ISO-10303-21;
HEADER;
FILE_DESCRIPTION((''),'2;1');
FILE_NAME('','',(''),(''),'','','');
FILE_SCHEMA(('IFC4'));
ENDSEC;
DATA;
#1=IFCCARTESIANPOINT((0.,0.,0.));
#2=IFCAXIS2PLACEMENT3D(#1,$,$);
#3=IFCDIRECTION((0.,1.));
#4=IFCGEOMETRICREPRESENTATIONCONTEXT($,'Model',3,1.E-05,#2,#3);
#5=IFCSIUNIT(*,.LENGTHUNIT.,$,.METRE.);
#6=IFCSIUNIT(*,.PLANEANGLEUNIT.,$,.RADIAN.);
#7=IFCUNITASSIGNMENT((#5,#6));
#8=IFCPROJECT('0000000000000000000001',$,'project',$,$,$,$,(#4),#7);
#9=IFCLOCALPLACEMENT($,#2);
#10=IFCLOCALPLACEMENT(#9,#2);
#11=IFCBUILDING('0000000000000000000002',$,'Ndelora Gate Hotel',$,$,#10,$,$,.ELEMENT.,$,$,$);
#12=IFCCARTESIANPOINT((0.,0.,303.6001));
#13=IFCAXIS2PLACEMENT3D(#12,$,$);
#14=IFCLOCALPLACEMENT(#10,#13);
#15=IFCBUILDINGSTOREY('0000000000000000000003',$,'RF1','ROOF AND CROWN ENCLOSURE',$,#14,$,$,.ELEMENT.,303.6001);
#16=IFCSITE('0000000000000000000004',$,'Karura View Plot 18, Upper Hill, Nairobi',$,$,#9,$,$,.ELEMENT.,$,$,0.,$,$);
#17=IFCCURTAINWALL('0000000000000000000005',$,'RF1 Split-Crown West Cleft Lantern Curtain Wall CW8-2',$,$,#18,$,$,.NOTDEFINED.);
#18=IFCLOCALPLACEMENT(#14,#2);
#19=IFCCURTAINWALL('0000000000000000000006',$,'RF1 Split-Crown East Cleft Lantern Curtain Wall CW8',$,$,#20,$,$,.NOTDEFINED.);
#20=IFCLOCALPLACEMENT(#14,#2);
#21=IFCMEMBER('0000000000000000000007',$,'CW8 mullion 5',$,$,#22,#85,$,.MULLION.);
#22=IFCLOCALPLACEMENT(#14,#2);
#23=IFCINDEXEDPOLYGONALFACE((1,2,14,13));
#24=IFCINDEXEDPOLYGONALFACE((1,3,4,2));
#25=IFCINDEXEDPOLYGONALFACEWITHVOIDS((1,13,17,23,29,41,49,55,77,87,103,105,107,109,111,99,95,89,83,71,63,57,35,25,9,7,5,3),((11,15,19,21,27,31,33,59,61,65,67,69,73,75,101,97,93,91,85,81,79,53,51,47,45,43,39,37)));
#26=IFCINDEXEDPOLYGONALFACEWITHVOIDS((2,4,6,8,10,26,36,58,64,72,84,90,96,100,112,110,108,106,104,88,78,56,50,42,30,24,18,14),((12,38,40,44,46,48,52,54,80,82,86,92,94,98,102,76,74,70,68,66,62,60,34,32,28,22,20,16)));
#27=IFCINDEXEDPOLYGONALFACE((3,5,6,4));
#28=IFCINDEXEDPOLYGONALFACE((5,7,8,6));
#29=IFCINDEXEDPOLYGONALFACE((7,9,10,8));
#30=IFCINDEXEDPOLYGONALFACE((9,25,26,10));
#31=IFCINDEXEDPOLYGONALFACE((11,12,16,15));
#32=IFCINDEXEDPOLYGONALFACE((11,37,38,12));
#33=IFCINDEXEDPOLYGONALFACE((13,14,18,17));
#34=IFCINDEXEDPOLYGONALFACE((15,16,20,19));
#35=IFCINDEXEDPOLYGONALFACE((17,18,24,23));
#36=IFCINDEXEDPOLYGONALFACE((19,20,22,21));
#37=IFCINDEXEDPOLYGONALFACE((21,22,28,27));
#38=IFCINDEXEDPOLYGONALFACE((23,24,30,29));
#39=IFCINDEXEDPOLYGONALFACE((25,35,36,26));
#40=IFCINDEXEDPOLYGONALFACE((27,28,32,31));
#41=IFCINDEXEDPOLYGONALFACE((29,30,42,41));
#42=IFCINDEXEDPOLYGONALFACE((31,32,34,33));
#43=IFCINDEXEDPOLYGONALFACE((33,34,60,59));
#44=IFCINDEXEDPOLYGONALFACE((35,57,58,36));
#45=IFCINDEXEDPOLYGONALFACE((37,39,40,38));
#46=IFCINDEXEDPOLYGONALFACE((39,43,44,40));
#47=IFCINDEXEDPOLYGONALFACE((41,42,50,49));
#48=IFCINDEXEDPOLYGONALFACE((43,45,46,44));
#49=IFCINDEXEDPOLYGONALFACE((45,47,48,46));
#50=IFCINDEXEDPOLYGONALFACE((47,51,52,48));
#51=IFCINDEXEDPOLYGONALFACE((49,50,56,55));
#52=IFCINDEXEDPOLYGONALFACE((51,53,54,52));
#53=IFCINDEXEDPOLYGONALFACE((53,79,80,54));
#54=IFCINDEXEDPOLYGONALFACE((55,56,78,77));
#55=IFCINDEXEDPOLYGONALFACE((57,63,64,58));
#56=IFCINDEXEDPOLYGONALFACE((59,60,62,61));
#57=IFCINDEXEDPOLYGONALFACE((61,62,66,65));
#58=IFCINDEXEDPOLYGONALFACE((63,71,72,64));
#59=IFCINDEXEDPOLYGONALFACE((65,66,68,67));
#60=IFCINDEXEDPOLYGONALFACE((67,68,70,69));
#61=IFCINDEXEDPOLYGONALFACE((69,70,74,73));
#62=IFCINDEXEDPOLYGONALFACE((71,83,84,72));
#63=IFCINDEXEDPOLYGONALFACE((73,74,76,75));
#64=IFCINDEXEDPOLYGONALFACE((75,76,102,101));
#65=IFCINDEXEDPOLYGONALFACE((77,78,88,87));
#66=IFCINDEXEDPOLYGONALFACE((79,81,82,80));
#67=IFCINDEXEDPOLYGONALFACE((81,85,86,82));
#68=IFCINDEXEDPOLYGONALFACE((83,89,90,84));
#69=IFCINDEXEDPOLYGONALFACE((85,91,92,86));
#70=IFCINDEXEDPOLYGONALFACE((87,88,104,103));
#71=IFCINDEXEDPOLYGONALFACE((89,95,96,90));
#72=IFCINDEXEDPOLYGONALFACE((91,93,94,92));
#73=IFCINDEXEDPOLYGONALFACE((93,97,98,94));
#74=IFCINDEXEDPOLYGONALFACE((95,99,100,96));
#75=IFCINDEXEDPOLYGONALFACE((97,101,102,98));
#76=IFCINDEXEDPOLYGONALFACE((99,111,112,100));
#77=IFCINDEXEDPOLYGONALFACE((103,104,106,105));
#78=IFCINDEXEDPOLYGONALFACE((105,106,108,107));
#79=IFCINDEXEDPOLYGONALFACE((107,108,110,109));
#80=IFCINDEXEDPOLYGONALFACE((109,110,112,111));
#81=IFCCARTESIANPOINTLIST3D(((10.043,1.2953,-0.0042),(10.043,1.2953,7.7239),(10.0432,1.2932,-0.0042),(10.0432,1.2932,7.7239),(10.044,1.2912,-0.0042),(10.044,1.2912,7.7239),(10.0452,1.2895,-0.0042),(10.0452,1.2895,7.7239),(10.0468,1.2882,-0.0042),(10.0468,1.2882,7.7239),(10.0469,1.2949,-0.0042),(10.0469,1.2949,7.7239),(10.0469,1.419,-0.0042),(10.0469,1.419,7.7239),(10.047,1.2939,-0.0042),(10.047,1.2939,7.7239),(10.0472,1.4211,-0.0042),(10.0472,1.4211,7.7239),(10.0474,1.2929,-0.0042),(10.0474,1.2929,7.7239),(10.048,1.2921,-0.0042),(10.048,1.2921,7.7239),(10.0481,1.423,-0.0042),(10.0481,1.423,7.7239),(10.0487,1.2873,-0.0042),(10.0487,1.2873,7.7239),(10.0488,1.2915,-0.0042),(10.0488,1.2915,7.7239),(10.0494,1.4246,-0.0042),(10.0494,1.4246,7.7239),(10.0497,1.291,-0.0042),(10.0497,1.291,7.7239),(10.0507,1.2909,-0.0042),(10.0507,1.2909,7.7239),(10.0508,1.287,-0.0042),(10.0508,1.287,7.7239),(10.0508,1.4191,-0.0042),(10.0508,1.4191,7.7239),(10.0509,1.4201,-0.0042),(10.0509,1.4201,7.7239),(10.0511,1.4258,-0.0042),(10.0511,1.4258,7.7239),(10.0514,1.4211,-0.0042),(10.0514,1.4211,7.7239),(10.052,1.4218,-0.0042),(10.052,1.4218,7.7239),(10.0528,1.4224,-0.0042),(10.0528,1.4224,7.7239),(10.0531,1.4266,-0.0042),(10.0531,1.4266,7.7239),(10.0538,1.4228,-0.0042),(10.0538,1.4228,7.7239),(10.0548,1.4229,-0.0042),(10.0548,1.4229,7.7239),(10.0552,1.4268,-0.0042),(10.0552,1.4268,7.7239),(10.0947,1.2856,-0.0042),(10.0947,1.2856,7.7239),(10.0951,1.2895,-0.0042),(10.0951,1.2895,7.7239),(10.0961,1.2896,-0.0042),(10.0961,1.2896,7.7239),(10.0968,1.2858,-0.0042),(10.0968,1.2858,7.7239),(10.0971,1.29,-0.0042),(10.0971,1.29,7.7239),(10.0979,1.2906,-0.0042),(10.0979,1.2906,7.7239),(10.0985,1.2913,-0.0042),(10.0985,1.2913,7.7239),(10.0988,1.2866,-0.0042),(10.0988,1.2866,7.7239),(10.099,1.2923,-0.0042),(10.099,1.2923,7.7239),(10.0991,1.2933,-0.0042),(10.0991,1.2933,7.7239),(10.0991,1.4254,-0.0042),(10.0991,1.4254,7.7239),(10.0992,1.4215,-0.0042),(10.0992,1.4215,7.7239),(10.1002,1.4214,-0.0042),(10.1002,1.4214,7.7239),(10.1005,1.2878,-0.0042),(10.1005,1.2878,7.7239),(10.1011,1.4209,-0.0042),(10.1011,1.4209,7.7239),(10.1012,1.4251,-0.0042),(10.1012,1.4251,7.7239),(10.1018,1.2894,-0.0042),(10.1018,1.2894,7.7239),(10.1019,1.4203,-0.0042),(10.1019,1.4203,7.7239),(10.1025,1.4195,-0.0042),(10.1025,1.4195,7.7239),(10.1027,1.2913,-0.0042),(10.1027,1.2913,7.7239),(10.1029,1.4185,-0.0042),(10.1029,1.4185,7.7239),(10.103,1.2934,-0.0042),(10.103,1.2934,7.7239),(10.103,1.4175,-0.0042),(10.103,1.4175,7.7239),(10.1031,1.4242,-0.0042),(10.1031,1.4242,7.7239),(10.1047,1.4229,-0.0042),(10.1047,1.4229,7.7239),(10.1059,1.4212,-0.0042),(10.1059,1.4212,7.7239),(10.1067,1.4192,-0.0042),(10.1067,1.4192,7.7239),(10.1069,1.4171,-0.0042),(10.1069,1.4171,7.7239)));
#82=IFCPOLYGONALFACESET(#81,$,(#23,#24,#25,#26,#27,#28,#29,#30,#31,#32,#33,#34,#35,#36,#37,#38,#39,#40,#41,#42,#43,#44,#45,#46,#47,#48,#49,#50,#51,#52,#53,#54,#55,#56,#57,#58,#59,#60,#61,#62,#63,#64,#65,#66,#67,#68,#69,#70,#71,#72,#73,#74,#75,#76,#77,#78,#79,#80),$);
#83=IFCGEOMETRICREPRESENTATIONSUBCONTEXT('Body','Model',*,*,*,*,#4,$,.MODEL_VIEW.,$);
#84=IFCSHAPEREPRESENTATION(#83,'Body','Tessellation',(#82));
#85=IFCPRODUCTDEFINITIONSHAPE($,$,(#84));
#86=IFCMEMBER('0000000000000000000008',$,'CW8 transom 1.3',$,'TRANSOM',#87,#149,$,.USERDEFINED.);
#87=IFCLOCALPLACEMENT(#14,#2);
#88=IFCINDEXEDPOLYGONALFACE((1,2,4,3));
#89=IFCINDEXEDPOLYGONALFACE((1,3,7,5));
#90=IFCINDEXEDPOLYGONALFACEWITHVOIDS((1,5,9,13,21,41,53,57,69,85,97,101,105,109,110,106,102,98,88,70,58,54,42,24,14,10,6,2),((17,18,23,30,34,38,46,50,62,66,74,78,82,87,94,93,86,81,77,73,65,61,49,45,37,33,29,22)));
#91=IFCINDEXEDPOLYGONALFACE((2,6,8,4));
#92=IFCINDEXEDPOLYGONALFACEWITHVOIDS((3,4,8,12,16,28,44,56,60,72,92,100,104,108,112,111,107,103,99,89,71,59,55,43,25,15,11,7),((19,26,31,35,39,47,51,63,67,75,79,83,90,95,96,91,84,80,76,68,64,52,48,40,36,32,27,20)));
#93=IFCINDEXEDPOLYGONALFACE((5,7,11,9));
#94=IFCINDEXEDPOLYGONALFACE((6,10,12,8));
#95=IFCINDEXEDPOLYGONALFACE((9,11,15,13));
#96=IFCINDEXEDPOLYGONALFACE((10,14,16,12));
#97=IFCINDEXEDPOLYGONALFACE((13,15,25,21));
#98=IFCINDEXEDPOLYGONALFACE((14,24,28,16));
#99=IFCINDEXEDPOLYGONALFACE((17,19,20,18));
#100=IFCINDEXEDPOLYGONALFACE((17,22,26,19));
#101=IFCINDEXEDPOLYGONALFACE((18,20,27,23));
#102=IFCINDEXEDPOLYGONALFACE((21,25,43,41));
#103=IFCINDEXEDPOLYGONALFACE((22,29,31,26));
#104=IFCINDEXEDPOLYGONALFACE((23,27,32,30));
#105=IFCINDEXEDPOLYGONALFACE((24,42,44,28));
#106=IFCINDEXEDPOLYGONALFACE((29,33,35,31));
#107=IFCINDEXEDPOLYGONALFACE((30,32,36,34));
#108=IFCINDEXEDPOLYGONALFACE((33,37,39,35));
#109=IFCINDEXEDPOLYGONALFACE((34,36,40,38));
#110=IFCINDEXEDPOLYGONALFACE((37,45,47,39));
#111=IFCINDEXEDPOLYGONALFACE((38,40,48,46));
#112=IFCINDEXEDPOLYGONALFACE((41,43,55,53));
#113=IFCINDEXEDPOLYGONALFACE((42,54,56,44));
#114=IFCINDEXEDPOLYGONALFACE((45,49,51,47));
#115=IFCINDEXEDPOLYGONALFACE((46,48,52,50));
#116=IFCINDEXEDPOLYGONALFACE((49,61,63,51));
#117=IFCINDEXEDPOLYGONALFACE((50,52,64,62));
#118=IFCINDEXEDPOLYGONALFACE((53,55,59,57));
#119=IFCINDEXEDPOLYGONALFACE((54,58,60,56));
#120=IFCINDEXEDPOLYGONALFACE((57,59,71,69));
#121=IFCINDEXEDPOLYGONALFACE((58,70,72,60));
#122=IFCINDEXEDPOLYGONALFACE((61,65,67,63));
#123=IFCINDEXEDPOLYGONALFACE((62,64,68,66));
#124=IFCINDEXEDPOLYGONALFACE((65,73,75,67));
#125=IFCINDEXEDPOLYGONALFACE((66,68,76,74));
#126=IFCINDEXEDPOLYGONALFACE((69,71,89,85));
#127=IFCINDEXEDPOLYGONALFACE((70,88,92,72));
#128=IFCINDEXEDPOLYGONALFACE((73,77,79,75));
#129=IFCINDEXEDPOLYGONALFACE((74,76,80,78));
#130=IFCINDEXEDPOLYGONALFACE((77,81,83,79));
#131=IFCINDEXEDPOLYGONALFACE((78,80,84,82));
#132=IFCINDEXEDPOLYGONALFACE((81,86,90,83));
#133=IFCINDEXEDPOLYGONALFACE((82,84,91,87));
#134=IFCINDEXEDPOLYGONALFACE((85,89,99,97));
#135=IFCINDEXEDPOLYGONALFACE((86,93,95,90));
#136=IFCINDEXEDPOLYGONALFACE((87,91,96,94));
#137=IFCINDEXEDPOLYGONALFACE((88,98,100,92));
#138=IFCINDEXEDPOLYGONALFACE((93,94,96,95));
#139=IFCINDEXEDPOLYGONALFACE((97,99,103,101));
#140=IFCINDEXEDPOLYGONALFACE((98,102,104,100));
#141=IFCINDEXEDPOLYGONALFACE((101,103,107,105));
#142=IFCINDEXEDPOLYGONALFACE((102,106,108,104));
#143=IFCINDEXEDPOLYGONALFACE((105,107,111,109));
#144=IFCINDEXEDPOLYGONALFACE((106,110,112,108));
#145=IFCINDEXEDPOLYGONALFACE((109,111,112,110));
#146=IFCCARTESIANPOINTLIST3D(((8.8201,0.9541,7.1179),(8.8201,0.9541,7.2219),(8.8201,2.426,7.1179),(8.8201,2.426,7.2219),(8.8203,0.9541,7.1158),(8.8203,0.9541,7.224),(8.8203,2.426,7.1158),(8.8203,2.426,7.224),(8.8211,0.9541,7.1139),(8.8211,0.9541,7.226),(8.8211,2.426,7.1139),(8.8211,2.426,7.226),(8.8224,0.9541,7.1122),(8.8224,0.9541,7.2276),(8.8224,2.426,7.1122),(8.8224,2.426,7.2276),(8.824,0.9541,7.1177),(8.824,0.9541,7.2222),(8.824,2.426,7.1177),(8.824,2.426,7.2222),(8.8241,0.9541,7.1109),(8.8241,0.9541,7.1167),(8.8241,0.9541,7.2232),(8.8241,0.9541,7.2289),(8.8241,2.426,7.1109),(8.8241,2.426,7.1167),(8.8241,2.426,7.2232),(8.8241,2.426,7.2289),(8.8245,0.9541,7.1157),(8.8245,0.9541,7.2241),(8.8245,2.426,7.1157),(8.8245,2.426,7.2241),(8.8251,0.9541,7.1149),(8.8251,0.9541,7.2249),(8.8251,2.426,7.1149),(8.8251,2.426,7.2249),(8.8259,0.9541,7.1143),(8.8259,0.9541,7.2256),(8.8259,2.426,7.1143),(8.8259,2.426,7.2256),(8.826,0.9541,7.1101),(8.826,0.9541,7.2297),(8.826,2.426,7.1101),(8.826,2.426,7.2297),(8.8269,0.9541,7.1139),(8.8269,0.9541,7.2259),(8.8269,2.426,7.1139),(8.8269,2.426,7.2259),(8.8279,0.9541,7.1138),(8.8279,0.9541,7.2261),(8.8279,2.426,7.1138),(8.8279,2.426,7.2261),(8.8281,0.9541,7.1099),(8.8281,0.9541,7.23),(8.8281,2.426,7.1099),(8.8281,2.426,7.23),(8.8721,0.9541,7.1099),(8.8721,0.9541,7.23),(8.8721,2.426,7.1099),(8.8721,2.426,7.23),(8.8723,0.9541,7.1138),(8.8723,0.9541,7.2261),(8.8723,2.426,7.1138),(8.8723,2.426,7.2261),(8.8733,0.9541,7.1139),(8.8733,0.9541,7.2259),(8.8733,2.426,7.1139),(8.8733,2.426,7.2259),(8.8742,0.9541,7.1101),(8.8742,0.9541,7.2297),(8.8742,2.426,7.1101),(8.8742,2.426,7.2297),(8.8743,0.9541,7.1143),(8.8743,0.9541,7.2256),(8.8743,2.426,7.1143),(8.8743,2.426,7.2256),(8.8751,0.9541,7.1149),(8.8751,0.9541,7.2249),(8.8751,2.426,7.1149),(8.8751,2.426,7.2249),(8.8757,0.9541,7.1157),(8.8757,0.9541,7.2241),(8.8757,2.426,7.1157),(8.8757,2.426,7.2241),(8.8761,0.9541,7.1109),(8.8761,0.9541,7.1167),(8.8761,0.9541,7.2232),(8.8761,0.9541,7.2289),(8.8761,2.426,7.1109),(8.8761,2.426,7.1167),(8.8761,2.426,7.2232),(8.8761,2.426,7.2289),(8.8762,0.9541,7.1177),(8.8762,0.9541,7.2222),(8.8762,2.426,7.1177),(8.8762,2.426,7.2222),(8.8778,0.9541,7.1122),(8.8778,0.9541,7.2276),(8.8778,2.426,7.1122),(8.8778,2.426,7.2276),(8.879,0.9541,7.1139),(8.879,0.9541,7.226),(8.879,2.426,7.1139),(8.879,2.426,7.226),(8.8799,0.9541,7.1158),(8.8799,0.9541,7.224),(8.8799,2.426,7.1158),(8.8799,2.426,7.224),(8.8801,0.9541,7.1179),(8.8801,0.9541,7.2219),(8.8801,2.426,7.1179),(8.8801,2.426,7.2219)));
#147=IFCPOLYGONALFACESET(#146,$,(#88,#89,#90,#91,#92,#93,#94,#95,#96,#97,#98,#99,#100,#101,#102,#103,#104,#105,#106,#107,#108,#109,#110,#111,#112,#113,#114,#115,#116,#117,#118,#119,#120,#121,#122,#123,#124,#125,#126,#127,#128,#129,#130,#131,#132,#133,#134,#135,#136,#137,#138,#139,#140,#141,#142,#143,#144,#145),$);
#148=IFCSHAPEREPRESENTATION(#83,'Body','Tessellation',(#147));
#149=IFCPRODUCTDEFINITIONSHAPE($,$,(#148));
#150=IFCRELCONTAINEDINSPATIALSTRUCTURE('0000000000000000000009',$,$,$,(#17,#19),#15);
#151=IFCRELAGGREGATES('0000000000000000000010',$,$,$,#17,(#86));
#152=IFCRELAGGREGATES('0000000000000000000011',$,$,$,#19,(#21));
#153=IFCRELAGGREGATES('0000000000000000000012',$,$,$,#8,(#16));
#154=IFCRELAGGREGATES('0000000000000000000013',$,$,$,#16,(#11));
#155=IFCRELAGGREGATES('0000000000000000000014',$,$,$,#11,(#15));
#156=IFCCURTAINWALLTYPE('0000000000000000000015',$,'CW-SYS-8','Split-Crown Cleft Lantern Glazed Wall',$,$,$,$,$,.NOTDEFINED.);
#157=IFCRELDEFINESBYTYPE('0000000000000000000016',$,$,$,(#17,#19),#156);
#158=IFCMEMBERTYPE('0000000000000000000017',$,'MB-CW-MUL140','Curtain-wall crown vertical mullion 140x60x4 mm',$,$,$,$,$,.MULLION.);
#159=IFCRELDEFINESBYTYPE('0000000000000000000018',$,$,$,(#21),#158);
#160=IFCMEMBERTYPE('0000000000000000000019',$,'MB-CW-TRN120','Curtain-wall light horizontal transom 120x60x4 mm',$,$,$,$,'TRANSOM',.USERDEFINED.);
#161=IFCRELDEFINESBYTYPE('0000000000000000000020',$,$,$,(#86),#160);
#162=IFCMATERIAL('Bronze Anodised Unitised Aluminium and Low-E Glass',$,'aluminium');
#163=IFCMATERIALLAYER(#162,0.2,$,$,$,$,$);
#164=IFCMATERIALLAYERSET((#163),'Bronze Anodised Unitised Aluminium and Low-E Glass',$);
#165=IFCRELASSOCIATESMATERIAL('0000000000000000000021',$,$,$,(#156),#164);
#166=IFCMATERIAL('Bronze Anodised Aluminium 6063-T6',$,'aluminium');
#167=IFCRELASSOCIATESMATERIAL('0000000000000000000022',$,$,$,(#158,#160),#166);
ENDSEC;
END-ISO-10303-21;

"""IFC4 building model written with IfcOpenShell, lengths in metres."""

from ifc_helpers import new_model, si_unit, direction, frame, origin, origin_2d, place, context, subcontext, project, spatial, hollow_rectangle, extrude, material, layer, layer_set, material_profile, profile_set, type_object, element, aggregate, save


model = new_model("IFC4")

# Units and contexts
model_context = context("Model", 3, precision=1e-05, world=origin(), true_north=direction((0.0, 1.0)))
body_context = subcontext(model_context, "Body", "Model", "MODEL_VIEW")
ifc_project = project(units=[si_unit("LENGTHUNIT", "METRE"), si_unit("PLANEANGLEUNIT", "RADIAN")], contexts=[model_context])

# Site, building, storey
site_placement = place(None, origin())
site = spatial("IfcSite", under=ifc_project, at=site_placement, Name="Karura View Plot 18, Upper Hill, Nairobi", CompositionType="ELEMENT", RefElevation=0.0)
building_placement = place(site_placement, origin())
building = spatial("IfcBuilding", under=site, at=building_placement, Name="Ndelora Gate Hotel", CompositionType="ELEMENT")
storey_placement = place(building_placement, frame((0.0, 0.0, 303.6001)))
storey = spatial("IfcBuildingStorey", under=building, at=storey_placement, Name="RF1", Description="ROOF AND CROWN ENCLOSURE", CompositionType="ELEMENT", Elevation=303.6001)

# Curtain wall
ifc_material_1 = material(Name="Bronze Anodised Unitised Aluminium and Low-E Glass", Category="aluminium")
ifc_layer_1 = layer(ifc_material_1, 0.2)
ifc_layer_set_1 = layer_set([ifc_layer_1], Name="Bronze Anodised Unitised Aluminium and Low-E Glass")
curtain_wall_type = type_object("IfcCurtainWallType", Name="CW-SYS-8", Description="Split-Crown Cleft Lantern Glazed Wall", PredefinedType="NOTDEFINED", material=ifc_layer_set_1)
curtain_wall_1_placement = place(storey_placement, origin())
curtain_wall_1 = element("IfcCurtainWall", 1, at=curtain_wall_1_placement, inside=storey, type_object=curtain_wall_type, Name="RF1 Split-Crown West Cleft Lantern Curtain Wall CW8-2", PredefinedType="NOTDEFINED")
ifc_material_2 = material(Name="Bronze Anodised Aluminium 6063-T6", Category="aluminium")
ifc_material_profile_1 = material_profile(ifc_material_2, hollow_rectangle(XDim=0.0601, YDim=0.1399, WallThickness=0.0039, InnerFilletRadius=0.0039, OuterFilletRadius=0.0081, at=origin_2d()), Name="ALU 140x60x4")
ifc_profile_set_1 = profile_set([ifc_material_profile_1], Name="Bronze Anodised Aluminium 6063-T6")
member_type_1 = type_object("IfcMemberType", Name="MB-CW-MUL140", Description="Curtain-wall crown vertical mullion 140x60x4 mm", PredefinedType="MULLION", material=ifc_profile_set_1)

# Curtain wall, member
curtain_wall_2_placement = place(storey_placement, origin())
curtain_wall_2 = element("IfcCurtainWall", 2, at=curtain_wall_2_placement, inside=storey, type_object=curtain_wall_type, Name="RF1 Split-Crown East Cleft Lantern Curtain Wall CW8", PredefinedType="NOTDEFINED")
member_1_placement = place(storey_placement, frame((10.075, 1.3562, -0.0042), z_axis=(0.0, 0.0, 1.0), x_axis=(0.999515, -0.031131, 0.0)))
member_1 = element("IfcMember", 3, at=member_1_placement, type_object=member_type_1, Name="CW8 mullion 5", PredefinedType="MULLION", context=body_context, shape_type="SweptSolid", body=[
    extrude(hollow_rectangle(XDim=0.0601, YDim=0.1399, WallThickness=0.0039, InnerFilletRadius=0.0039, OuterFilletRadius=0.0081, at=origin_2d()), origin(), (0.0, 0.0, 1.0), 7.728),
])

# Member
ifc_material_profile_2 = material_profile(ifc_material_2, hollow_rectangle(XDim=0.0601, YDim=0.1201, WallThickness=0.0039, InnerFilletRadius=0.0039, OuterFilletRadius=0.0081, at=origin_2d()), Name="ALU 120x60x4")
ifc_profile_set_2 = profile_set([ifc_material_profile_2], Name="Bronze Anodised Aluminium 6063-T6")
member_type_2 = type_object("IfcMemberType", Name="MB-CW-TRN120", Description="Curtain-wall light horizontal transom 120x60x4 mm", ElementType="TRANSOM", PredefinedType="USERDEFINED", material=ifc_profile_set_2)
member_2_placement = place(storey_placement, frame((8.8501, 0.9541, 7.1699), z_axis=(0.0, 1.0, 0.0), x_axis=(-1.0, 0.0, 0.0)))
member_2 = element("IfcMember", 4, at=member_2_placement, type_object=member_type_2, Name="CW8 transom 1.3", ObjectType="TRANSOM", PredefinedType="USERDEFINED", context=body_context, shape_type="SweptSolid", body=[
    extrude(hollow_rectangle(XDim=0.0601, YDim=0.1201, WallThickness=0.0039, InnerFilletRadius=0.0039, OuterFilletRadius=0.0081, at=origin_2d()), origin(), (0.0, 0.0, 1.0), 1.4719),
])

aggregate(curtain_wall_1, [member_2])
aggregate(curtain_wall_2, [member_1])

save(model, "model.ifc")
